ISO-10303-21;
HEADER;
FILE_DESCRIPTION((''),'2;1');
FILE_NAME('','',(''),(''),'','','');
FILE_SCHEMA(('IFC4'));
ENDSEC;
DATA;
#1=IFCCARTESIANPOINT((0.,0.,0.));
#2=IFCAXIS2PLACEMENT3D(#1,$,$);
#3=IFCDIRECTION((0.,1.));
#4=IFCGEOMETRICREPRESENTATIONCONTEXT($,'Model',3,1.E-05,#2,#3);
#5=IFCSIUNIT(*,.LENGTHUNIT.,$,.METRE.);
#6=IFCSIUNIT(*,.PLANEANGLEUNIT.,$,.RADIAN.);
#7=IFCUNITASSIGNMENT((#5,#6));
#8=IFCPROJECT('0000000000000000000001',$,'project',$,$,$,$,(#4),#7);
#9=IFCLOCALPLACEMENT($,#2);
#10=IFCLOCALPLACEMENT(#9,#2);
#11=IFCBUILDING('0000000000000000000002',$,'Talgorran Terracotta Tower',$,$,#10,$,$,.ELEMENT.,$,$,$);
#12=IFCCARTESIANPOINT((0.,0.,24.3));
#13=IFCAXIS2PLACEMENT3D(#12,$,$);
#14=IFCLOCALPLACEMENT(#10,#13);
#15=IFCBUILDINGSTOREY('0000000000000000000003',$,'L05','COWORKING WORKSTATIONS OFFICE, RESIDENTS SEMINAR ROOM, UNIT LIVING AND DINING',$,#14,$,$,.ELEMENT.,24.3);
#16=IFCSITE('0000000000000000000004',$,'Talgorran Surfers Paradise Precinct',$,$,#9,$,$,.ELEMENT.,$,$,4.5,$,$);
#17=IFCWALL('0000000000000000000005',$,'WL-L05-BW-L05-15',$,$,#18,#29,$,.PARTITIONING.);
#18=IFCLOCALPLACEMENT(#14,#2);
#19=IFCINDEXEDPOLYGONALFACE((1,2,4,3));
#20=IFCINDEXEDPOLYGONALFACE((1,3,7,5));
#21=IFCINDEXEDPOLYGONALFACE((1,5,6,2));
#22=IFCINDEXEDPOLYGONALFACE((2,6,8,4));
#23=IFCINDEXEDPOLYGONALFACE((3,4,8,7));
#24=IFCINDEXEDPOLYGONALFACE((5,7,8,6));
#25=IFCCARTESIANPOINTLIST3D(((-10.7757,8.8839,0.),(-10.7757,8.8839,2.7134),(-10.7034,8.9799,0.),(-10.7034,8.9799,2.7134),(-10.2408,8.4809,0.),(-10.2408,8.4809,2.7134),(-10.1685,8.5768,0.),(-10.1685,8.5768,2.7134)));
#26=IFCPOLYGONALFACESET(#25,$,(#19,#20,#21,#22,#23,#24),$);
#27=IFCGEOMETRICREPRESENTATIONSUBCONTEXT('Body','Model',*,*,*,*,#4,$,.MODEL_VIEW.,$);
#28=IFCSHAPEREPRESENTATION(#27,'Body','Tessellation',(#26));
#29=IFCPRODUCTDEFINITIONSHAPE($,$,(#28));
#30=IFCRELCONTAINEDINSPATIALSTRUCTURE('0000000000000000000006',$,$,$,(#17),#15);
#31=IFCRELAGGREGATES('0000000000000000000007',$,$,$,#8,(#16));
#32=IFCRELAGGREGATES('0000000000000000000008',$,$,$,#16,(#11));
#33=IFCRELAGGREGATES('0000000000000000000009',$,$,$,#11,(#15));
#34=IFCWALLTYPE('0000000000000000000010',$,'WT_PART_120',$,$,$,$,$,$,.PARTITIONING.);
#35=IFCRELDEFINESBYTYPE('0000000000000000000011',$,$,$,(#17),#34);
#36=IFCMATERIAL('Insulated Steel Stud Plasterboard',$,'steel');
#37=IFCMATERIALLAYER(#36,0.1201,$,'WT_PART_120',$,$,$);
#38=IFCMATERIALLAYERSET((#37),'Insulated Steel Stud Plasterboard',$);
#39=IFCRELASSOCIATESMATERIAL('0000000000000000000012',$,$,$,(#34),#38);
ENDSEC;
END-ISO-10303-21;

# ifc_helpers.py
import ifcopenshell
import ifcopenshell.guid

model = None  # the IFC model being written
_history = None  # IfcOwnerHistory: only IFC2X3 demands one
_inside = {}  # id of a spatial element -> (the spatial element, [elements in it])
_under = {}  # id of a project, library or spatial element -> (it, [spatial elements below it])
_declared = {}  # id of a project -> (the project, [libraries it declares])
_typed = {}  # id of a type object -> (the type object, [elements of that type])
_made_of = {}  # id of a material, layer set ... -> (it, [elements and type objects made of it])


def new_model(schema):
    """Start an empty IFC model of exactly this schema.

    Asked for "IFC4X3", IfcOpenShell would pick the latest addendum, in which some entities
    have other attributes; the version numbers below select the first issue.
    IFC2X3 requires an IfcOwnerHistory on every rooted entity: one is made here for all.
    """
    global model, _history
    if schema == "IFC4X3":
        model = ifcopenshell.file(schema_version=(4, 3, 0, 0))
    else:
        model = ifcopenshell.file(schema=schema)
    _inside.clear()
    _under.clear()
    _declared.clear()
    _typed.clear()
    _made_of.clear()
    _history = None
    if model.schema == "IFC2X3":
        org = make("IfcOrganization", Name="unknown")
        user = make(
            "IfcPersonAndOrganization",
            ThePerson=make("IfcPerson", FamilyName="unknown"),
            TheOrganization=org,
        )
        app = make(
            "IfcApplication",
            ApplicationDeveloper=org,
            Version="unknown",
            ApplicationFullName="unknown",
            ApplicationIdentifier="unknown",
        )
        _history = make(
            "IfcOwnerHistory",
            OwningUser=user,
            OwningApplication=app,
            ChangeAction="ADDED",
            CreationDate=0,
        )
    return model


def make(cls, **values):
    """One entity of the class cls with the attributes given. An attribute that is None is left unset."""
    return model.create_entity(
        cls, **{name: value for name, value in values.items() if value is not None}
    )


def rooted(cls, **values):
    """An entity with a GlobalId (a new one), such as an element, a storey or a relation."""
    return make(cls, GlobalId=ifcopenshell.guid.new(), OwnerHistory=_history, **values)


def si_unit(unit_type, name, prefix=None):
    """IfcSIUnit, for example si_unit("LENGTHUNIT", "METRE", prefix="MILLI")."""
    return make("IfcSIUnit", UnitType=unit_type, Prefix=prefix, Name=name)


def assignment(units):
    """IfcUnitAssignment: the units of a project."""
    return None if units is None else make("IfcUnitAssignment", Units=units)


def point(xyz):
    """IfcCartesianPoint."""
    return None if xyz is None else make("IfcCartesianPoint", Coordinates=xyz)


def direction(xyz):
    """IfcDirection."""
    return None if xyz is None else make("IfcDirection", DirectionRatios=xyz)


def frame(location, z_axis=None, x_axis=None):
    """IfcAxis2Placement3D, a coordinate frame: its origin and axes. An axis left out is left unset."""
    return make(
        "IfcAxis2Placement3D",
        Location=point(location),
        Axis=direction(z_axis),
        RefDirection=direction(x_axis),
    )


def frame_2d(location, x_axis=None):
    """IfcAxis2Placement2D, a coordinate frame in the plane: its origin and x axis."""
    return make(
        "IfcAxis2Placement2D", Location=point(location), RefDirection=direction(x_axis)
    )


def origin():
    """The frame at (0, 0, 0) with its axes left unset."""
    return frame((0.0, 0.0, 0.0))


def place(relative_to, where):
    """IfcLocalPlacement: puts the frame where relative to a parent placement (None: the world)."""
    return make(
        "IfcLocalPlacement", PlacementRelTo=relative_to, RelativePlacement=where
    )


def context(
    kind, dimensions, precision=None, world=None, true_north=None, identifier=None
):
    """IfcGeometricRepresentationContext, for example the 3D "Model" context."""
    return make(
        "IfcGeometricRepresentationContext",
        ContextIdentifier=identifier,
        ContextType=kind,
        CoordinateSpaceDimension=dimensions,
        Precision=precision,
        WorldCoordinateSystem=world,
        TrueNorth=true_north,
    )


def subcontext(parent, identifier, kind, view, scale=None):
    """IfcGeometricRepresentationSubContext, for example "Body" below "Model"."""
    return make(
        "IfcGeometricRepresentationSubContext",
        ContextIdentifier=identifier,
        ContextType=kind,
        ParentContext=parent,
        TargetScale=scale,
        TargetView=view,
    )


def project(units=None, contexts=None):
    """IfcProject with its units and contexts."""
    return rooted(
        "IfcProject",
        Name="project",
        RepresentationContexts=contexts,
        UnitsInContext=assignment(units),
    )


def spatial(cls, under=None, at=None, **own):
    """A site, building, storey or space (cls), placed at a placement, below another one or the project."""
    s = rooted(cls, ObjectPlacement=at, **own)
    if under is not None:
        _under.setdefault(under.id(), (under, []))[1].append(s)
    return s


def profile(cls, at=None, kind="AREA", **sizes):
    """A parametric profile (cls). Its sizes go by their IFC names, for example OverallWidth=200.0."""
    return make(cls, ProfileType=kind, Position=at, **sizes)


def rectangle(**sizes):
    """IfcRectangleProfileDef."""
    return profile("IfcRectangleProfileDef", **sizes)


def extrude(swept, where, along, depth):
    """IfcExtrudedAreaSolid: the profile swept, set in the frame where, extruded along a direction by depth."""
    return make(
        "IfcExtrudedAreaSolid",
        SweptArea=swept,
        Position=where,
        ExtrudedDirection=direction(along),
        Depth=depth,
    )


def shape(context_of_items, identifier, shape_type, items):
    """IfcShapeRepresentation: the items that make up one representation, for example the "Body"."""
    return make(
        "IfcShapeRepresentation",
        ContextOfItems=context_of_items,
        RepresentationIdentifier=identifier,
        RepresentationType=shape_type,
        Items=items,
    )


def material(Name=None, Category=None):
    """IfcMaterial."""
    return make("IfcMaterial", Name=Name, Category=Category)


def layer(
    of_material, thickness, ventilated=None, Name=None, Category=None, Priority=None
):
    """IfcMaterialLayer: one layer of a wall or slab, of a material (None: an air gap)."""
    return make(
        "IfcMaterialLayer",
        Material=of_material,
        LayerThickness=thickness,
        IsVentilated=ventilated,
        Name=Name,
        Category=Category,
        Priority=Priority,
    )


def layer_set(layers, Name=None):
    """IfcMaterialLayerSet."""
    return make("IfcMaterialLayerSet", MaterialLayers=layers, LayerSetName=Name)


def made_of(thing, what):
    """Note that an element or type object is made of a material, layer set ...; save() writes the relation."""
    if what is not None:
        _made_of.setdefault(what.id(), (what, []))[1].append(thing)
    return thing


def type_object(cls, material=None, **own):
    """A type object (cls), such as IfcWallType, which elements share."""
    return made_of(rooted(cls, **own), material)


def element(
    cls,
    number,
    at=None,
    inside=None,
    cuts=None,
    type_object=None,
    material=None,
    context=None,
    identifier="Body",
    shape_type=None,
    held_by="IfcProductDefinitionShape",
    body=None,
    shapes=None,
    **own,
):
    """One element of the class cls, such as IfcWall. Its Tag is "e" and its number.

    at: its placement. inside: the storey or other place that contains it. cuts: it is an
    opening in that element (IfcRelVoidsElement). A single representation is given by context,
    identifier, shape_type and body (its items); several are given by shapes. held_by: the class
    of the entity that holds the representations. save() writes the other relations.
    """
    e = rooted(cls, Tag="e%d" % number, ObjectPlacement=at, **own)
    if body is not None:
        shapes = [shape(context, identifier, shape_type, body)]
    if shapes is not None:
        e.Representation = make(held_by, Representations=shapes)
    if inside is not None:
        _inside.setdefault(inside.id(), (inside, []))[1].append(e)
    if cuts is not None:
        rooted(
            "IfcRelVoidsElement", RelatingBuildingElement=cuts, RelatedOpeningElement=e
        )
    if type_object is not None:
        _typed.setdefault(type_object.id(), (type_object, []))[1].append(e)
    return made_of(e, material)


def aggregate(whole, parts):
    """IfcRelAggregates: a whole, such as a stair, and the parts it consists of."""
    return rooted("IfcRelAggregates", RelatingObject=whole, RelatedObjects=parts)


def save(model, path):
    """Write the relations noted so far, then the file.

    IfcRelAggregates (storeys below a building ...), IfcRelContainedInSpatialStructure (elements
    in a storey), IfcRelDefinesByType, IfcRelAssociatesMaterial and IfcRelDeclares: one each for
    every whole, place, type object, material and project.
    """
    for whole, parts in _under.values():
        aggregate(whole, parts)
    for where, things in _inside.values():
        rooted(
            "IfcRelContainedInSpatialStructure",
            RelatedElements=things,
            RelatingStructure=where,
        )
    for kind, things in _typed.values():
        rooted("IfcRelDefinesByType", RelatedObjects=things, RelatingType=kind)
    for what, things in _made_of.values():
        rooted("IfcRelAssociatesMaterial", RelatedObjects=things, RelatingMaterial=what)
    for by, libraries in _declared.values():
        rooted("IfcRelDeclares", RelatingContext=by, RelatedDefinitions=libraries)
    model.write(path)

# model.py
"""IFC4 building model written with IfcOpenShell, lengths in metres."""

from ifc_helpers import new_model, si_unit, direction, frame, frame_2d, origin, place, context, subcontext, project, spatial, rectangle, extrude, material, layer, layer_set, type_object, element, save


model = new_model("IFC4")

# Units and contexts
model_context = context("Model", 3, precision=1e-05, world=origin(), true_north=direction((0.0, 1.0)))
body_context = subcontext(model_context, "Body", "Model", "MODEL_VIEW")
ifc_project = project(units=[si_unit("LENGTHUNIT", "METRE"), si_unit("PLANEANGLEUNIT", "RADIAN")], contexts=[model_context])

# Site, building, storey
site_placement = place(None, origin())
site = spatial("IfcSite", under=ifc_project, at=site_placement, Name="Talgorran Surfers Paradise Precinct", CompositionType="ELEMENT", RefElevation=4.5)
building_placement = place(site_placement, origin())
building = spatial("IfcBuilding", under=site, at=building_placement, Name="Talgorran Terracotta Tower", CompositionType="ELEMENT")
storey_placement = place(building_placement, frame((0.0, 0.0, 24.3)))
storey = spatial("IfcBuildingStorey", under=building, at=storey_placement, Name="L05", Description="COWORKING WORKSTATIONS OFFICE, RESIDENTS SEMINAR ROOM, UNIT LIVING AND DINING", CompositionType="ELEMENT", Elevation=24.3)

# Wall
ifc_material_1 = material(Name="Insulated Steel Stud Plasterboard", Category="steel")
ifc_layer_1 = layer(ifc_material_1, 0.1201, Name="WT_PART_120")
ifc_layer_set_1 = layer_set([ifc_layer_1], Name="Insulated Steel Stud Plasterboard")
wall_type_1 = type_object("IfcWallType", Name="WT_PART_120", PredefinedType="PARTITIONING", material=ifc_layer_set_1)
wall_1_placement = place(storey_placement, frame((-10.2046, 8.5288, 0.0), z_axis=(0.0, 0.0, 1.0), x_axis=(-0.798642, 0.601806, 0.0)))
element("IfcWall", 1, at=wall_1_placement, inside=storey, type_object=wall_type_1, Name="WL-L05-BW-L05-15", PredefinedType="PARTITIONING", context=body_context, shape_type="SweptSolid", body=[
    extrude(rectangle(XDim=0.6697, YDim=0.1201, at=frame_2d((0.335, 0.0))), origin(), (0.0, 0.0, 1.0), 2.7134),
])

save(model, "model.ifc")
